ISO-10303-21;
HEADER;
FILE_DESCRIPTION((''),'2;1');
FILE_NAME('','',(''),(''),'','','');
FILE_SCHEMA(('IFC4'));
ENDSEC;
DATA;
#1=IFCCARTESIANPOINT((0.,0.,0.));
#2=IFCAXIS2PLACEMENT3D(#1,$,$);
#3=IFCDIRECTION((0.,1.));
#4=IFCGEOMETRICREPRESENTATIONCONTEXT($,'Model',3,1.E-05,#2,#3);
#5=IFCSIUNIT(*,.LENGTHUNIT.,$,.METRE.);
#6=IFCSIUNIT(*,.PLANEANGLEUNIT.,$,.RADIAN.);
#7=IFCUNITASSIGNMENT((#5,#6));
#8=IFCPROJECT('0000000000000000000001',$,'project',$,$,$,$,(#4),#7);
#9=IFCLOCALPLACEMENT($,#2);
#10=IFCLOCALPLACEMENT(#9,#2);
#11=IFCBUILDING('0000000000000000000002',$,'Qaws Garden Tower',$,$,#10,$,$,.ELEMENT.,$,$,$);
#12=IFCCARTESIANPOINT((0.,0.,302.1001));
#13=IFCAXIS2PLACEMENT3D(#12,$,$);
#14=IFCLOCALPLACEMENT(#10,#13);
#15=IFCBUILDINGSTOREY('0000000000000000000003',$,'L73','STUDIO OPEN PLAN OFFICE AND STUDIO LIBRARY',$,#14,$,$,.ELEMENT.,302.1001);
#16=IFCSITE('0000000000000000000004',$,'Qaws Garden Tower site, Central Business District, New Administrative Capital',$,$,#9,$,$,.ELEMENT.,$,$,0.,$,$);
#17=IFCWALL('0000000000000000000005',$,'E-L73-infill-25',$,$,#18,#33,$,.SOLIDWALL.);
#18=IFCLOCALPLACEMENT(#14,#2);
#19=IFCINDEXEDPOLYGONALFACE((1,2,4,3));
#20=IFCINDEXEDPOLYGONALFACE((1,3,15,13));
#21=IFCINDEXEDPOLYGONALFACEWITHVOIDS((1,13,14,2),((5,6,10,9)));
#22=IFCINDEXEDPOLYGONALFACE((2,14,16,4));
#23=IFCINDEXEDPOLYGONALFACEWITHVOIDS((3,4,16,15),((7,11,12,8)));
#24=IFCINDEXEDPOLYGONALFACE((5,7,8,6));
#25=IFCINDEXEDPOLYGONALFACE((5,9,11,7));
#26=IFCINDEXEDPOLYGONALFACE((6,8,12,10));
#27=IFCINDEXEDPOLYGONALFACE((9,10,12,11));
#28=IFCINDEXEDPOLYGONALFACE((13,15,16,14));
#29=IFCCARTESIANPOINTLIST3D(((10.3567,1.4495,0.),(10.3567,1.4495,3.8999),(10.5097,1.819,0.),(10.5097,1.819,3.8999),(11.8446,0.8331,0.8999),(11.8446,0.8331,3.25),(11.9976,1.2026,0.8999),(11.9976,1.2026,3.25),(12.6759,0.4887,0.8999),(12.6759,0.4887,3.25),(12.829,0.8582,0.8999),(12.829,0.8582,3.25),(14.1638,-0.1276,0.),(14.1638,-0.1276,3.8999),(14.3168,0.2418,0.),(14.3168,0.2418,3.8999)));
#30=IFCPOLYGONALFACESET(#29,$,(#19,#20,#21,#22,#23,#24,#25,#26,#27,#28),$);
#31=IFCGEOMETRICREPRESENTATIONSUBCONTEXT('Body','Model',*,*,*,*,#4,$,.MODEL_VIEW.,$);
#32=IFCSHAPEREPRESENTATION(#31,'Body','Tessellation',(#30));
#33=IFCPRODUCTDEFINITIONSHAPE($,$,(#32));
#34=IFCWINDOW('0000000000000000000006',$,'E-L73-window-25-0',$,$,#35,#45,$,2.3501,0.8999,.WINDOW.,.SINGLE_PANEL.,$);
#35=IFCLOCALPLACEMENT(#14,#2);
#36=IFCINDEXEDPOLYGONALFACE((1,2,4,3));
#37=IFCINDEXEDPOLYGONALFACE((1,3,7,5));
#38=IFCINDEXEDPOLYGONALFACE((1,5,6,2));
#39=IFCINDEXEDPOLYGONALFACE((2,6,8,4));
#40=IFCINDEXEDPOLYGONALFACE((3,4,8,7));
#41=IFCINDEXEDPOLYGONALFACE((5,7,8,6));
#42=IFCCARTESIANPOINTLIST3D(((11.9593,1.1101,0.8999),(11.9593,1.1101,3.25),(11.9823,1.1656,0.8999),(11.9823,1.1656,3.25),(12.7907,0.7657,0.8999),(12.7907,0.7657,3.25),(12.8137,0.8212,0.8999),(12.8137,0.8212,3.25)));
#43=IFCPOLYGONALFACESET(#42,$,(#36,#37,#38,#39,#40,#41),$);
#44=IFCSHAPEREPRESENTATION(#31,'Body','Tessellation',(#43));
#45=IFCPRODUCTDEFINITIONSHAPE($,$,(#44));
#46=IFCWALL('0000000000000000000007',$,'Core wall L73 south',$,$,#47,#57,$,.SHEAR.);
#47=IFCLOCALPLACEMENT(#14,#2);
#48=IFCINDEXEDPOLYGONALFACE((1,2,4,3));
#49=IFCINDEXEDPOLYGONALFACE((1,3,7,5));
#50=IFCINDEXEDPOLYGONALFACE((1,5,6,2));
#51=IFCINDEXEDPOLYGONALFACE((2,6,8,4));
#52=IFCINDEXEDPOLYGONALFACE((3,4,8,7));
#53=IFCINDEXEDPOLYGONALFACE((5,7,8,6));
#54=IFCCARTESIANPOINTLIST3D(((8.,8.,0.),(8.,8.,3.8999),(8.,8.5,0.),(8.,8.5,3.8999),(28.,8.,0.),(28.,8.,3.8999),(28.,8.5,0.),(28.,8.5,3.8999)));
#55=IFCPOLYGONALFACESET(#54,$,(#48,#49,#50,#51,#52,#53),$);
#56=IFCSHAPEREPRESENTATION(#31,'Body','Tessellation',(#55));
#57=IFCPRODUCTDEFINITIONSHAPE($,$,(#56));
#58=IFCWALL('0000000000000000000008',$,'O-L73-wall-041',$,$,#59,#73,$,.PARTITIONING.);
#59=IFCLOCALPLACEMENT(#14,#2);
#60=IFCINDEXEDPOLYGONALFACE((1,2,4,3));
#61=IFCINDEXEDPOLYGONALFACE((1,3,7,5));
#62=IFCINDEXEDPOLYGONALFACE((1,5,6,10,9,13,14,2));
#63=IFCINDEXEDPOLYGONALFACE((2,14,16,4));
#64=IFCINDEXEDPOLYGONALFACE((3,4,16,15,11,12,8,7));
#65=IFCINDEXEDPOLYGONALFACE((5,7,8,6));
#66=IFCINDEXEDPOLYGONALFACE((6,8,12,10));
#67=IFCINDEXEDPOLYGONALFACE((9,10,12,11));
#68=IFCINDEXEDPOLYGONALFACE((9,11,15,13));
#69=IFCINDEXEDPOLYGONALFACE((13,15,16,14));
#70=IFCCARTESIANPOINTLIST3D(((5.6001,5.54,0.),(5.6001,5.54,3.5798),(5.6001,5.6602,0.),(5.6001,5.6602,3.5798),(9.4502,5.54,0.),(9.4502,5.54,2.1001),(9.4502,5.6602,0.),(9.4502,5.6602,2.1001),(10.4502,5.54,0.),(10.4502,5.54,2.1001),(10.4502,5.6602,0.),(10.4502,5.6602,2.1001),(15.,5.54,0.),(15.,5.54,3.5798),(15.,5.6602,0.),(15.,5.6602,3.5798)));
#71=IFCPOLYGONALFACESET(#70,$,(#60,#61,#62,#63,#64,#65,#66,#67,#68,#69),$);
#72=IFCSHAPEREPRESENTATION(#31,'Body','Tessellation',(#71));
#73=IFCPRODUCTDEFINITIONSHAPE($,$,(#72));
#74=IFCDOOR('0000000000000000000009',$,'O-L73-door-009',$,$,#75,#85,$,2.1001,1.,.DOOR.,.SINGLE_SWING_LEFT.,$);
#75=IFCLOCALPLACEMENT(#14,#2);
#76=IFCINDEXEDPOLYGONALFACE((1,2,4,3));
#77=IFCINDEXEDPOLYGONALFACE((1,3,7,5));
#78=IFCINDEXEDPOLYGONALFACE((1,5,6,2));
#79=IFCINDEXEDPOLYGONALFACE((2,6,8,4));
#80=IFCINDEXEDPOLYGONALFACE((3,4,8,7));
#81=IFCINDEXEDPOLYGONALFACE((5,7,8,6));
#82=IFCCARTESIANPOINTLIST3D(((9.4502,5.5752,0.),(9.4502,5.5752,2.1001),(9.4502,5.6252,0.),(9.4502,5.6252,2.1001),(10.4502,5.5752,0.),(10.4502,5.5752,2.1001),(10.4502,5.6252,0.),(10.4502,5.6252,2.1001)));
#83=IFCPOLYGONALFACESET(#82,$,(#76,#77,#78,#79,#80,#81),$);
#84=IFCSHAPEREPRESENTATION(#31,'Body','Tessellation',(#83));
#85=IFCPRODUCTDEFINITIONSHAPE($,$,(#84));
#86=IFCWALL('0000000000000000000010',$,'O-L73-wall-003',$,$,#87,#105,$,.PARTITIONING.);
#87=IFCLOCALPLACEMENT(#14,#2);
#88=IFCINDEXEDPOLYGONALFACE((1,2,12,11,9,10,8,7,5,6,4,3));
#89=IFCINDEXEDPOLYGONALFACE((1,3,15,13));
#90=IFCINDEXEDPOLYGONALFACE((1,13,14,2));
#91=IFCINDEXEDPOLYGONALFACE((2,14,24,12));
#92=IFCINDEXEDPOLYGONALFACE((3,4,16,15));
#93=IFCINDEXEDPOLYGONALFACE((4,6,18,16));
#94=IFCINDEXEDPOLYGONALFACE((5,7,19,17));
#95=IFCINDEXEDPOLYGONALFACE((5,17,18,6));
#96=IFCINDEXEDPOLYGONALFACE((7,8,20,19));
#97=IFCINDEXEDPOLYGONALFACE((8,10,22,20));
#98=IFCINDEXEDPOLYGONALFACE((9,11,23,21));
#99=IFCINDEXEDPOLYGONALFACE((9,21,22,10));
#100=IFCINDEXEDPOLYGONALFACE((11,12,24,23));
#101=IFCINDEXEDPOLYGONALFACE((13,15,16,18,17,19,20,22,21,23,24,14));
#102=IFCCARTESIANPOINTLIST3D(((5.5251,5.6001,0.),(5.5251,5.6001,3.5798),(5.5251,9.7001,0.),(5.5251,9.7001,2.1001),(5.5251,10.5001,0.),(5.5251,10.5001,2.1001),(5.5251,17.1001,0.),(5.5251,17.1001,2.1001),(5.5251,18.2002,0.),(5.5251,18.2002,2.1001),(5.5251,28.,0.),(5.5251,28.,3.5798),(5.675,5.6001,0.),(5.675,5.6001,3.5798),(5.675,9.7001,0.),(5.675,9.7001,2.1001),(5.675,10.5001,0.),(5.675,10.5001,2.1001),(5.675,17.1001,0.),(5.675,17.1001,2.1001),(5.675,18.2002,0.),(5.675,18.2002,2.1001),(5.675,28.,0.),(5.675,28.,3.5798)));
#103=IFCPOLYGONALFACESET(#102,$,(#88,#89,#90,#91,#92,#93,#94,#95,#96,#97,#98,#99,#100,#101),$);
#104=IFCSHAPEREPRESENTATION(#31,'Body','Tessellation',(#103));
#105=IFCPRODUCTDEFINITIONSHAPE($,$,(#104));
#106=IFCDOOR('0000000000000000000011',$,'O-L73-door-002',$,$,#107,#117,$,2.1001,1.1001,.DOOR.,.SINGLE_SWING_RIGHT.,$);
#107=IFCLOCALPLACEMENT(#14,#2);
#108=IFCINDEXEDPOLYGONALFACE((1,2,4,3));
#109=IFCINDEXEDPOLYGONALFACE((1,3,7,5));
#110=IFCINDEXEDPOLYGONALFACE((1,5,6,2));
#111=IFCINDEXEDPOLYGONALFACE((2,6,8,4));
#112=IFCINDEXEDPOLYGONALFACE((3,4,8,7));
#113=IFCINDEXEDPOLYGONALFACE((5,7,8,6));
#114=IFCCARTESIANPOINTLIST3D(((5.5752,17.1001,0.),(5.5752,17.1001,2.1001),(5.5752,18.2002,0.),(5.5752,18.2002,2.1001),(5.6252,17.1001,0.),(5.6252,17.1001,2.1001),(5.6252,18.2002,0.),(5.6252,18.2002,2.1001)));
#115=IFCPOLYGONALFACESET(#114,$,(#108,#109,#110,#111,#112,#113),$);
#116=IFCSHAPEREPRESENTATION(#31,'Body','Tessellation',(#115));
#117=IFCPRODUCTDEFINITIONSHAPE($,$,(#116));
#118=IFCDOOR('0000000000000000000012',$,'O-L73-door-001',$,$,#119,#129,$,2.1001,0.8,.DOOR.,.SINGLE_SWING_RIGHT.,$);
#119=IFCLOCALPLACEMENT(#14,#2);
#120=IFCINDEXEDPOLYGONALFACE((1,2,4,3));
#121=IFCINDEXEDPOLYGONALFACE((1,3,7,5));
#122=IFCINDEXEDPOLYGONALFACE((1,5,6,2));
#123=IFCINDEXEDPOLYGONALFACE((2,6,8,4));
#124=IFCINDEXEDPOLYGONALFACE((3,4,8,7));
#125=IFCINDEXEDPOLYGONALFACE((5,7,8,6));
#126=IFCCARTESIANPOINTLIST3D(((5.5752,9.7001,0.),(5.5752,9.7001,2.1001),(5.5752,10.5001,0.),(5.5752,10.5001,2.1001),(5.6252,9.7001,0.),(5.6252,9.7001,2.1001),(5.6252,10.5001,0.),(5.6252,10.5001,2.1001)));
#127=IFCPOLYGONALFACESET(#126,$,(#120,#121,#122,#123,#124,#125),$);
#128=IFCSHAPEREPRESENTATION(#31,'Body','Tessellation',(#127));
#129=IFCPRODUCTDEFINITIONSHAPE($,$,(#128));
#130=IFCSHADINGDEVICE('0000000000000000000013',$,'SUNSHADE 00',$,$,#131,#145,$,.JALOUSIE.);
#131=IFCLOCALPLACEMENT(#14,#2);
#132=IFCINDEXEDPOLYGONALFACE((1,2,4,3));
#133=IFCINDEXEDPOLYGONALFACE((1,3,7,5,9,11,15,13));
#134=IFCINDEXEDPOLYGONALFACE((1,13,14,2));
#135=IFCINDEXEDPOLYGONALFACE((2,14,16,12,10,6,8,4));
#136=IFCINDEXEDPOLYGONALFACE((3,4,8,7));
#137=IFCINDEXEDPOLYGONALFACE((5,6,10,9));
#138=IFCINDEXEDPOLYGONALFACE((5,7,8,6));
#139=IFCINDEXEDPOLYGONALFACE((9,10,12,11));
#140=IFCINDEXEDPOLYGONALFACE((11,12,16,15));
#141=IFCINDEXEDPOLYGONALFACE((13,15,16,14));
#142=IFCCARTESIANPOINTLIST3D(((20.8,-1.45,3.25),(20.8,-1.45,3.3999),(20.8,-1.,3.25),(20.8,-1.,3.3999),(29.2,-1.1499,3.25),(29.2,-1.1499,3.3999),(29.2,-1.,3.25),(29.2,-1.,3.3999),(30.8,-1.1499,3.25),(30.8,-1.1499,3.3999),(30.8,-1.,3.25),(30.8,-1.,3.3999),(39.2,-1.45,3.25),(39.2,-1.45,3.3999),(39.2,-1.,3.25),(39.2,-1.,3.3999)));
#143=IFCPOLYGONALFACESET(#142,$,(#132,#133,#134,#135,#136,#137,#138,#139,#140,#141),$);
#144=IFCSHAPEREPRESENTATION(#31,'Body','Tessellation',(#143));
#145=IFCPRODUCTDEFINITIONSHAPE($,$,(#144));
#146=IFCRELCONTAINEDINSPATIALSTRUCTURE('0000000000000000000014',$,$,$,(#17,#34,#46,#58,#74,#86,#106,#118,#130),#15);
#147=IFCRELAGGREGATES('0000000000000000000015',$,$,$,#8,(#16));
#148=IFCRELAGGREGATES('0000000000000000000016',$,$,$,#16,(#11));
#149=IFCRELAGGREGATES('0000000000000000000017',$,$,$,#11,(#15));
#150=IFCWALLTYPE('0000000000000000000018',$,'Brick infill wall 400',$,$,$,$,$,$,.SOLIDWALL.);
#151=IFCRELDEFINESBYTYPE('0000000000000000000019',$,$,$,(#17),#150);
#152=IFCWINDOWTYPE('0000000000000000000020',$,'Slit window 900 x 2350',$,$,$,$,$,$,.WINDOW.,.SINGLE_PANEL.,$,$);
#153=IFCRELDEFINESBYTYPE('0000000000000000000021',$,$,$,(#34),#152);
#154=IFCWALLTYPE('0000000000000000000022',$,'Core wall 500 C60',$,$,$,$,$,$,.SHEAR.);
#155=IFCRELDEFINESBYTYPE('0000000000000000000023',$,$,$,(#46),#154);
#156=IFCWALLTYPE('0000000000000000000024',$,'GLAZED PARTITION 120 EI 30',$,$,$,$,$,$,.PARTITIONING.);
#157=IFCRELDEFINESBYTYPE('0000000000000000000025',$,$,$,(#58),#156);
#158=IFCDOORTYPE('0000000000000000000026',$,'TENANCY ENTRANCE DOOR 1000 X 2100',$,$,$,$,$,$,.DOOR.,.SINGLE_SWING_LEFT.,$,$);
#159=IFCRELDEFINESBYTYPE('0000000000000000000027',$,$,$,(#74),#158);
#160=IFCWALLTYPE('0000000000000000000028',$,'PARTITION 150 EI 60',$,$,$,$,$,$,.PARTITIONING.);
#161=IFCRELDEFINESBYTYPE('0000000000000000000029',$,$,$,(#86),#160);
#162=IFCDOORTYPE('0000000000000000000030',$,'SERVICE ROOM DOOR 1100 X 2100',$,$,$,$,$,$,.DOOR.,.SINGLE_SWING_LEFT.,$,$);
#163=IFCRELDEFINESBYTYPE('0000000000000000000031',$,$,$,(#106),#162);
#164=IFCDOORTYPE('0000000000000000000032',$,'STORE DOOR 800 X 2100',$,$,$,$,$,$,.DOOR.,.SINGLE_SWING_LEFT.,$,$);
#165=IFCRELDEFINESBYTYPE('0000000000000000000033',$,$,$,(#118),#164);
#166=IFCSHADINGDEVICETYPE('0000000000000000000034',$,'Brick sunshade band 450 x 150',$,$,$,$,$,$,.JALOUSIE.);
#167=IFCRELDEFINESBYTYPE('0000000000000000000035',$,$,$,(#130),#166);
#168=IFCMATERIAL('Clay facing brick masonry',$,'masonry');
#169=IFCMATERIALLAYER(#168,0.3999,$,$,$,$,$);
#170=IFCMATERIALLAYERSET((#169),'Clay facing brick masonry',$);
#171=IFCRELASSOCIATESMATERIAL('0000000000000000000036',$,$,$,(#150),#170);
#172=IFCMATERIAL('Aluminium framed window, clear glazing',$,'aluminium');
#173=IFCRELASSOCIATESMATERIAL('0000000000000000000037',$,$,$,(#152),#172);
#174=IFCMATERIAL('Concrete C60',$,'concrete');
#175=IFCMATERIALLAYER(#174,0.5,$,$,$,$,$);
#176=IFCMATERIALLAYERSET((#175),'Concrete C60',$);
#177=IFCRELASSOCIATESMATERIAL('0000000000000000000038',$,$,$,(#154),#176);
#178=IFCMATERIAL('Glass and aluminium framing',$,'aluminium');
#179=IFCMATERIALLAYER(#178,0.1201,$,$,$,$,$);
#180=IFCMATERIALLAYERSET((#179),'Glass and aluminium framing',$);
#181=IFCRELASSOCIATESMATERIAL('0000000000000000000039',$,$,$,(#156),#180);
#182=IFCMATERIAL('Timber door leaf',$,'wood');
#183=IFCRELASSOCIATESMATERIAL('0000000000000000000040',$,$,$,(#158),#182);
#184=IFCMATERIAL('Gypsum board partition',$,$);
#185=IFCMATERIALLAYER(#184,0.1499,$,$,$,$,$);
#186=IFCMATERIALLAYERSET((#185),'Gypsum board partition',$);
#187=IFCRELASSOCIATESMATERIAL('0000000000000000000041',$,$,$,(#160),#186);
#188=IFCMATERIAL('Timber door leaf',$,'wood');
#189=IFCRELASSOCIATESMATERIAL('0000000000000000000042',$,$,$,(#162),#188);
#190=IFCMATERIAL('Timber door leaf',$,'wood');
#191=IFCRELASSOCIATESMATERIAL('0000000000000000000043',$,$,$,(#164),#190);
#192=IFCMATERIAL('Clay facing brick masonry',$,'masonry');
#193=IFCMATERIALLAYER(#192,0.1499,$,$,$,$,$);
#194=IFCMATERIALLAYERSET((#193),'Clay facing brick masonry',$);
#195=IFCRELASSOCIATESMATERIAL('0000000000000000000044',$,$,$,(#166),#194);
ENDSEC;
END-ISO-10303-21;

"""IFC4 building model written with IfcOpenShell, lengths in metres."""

from ifc_helpers import new_model, si_unit, direction, frame, frame_2d, origin, place, context, subcontext, project, spatial, polyline, rectangle, outline, extrude, material, layer, layer_set, type_object, element, fill, save


model = new_model("IFC4")

# Units and contexts
model_context = context("Model", 3, precision=1e-05, world=origin(), true_north=direction((0.0, 1.0)))
body_context = subcontext(model_context, "Body", "Model", "MODEL_VIEW")
ifc_project = project(units=[si_unit("LENGTHUNIT", "METRE"), si_unit("PLANEANGLEUNIT", "RADIAN")], contexts=[model_context])

# Site, building, storey
site_placement = place(None, origin())
site = spatial("IfcSite", under=ifc_project, at=site_placement, Name="Qaws Garden Tower site, Central Business District, New Administrative Capital", CompositionType="ELEMENT", RefElevation=0.0)
building_placement = place(site_placement, origin())
building = spatial("IfcBuilding", under=site, at=building_placement, Name="Qaws Garden Tower", CompositionType="ELEMENT")
storey_placement = place(building_placement, frame((0.0, 0.0, 302.1001)))
storey = spatial("IfcBuildingStorey", under=building, at=storey_placement, Name="L73", Description="STUDIO OPEN PLAN OFFICE AND STUDIO LIBRARY", CompositionType="ELEMENT", Elevation=302.1001)

# Wall, opening, window
ifc_material_1 = material(Name="Clay facing brick masonry", Category="masonry")
ifc_layer_1 = layer(ifc_material_1, 0.3999)
ifc_layer_set_1 = layer_set([ifc_layer_1], Name="Clay facing brick masonry")
wall_type_1 = type_object("IfcWallType", Name="Brick infill wall 400", PredefinedType="SOLIDWALL", material=ifc_layer_set_1)
ifc_material_2 = material(Name="Aluminium framed window, clear glazing", Category="aluminium")
window_type = type_object("IfcWindowType", Name="Slit window 900 x 2350", PartitioningType="SINGLE_PANEL", PredefinedType="WINDOW", material=ifc_material_2)
wall_1_placement = place(storey_placement, frame((10.4331, 1.6343, 0.0), z_axis=(0.0, 0.0, 1.0), x_axis=(0.923864, -0.382722, 0.0)))
wall_1 = element("IfcWall", 1, at=wall_1_placement, inside=storey, type_object=wall_type_1, Name="E-L73-infill-25", PredefinedType="SOLIDWALL", context=body_context, shape_type="SweptSolid", body=[
    extrude(rectangle(XDim=4.1208, YDim=0.3999, at=frame_2d((2.0605, 0.0))), origin(), (0.0, 0.0, 1.0), 3.8999),
])
opening_1_placement = place(wall_1_placement, frame((1.6106, 0.0, 0.8999)))
opening_1 = element("IfcOpeningElement", 2, at=opening_1_placement, cuts=wall_1, PredefinedType="OPENING", context=body_context, shape_type="SweptSolid", body=[
    extrude(rectangle(XDim=0.8999, YDim=2.3501, at=frame_2d((0.45, 1.175))), frame((0.0, 0.21, 0.0), z_axis=(0.0, -1.0, 0.0), x_axis=(1.0, 0.0, 0.0)), (0.0, 0.0, 1.0), 0.4199),
])
window_1_placement = place(opening_1_placement, origin())
window_1 = element("IfcWindow", 3, at=window_1_placement, inside=storey, type_object=window_type, Name="E-L73-window-25-0", OverallHeight=2.3501, OverallWidth=0.8999, PartitioningType="SINGLE_PANEL", PredefinedType="WINDOW", context=body_context, shape_type="SweptSolid", body=[
    extrude(rectangle(XDim=0.8999, YDim=2.3501, at=frame_2d((0.45, 1.175))), frame((0.0, 0.1599, 0.0), z_axis=(0.0, -1.0, 0.0), x_axis=(1.0, 0.0, 0.0)), (0.0, 0.0, 1.0), 0.0601),
])
fill(opening_1, window_1)

# Wall
ifc_material_3 = material(Name="Concrete C60", Category="concrete")
ifc_layer_2 = layer(ifc_material_3, 0.5)
ifc_layer_set_2 = layer_set([ifc_layer_2], Name="Concrete C60")
wall_type_2 = type_object("IfcWallType", Name="Core wall 500 C60", PredefinedType="SHEAR", material=ifc_layer_set_2)
wall_2_placement = place(storey_placement, frame((8.0, 8.25, 0.0), z_axis=(0.0, 0.0, 1.0), x_axis=(1.0, 0.0, 0.0)))
element("IfcWall", 4, at=wall_2_placement, inside=storey, type_object=wall_type_2, Name="Core wall L73 south", PredefinedType="SHEAR", context=body_context, shape_type="SweptSolid", body=[
    extrude(rectangle(XDim=20.0, YDim=0.5, at=frame_2d((10.0, 0.0))), origin(), (0.0, 0.0, 1.0), 3.8999),
])

# Wall, opening, door
ifc_material_4 = material(Name="Glass and aluminium framing", Category="aluminium")
ifc_layer_3 = layer(ifc_material_4, 0.1201)
ifc_layer_set_3 = layer_set([ifc_layer_3], Name="Glass and aluminium framing")
wall_type_3 = type_object("IfcWallType", Name="GLAZED PARTITION 120 EI 30", PredefinedType="PARTITIONING", material=ifc_layer_set_3)
wall_3_placement = place(storey_placement, frame((5.6001, 5.6001, 0.0), z_axis=(0.0, 0.0, 1.0), x_axis=(1.0, 0.0, 0.0)))
wall_3 = element("IfcWall", 5, at=wall_3_placement, inside=storey, type_object=wall_type_3, Name="O-L73-wall-041", PredefinedType="PARTITIONING", context=body_context, shape_type="SweptSolid", body=[
    extrude(rectangle(XDim=9.3999, YDim=0.1201, at=frame_2d((4.7, 0.0))), origin(), (0.0, 0.0, 1.0), 3.5798),
])
opening_2_placement = place(wall_3_placement, frame((3.8501, 0.0, 0.0)))
opening_2 = element("IfcOpeningElement", 6, at=opening_2_placement, cuts=wall_3, PredefinedType="OPENING", context=body_context, shape_type="SweptSolid", body=[
    extrude(rectangle(XDim=1.0, YDim=2.1001, at=frame_2d((0.5, 1.05))), frame((0.0, 0.0701, 0.0), z_axis=(0.0, -1.0, 0.0), x_axis=(1.0, 0.0, 0.0)), (0.0, 0.0, 1.0), 0.1401),
])
ifc_material_5 = material(Name="Timber door leaf", Category="wood")
door_type_1 = type_object("IfcDoorType", Name="TENANCY ENTRANCE DOOR 1000 X 2100", OperationType="SINGLE_SWING_LEFT", PredefinedType="DOOR", material=ifc_material_5)
door_1_placement = place(opening_2_placement, frame((1.0, 0.0, 0.0), z_axis=(0.0, 0.0, 1.0), x_axis=(-1.0, 0.0, 0.0)))
door_1 = element("IfcDoor", 7, at=door_1_placement, inside=storey, type_object=door_type_1, Name="O-L73-door-009", OperationType="SINGLE_SWING_LEFT", OverallHeight=2.1001, OverallWidth=1.0, PredefinedType="DOOR", context=body_context, shape_type="SweptSolid", body=[
    extrude(rectangle(XDim=1.0, YDim=2.1001, at=frame_2d((0.5, 1.05))), frame((0.0, 0.0249, 0.0), z_axis=(0.0, -1.0, 0.0), x_axis=(1.0, 0.0, 0.0)), (0.0, 0.0, 1.0), 0.05),
])
fill(opening_2, door_1)

# Wall, openings, doors
ifc_material_6 = material(Name="Gypsum board partition")
ifc_layer_4 = layer(ifc_material_6, 0.1499)
ifc_layer_set_4 = layer_set([ifc_layer_4], Name="Gypsum board partition")
wall_type_4 = type_object("IfcWallType", Name="PARTITION 150 EI 60", PredefinedType="PARTITIONING", material=ifc_layer_set_4)
wall_4_placement = place(storey_placement, frame((5.6001, 5.6001, 0.0), z_axis=(0.0, 0.0, 1.0), x_axis=(0.0, 1.0, 0.0)))
wall_4 = element("IfcWall", 8, at=wall_4_placement, inside=storey, type_object=wall_type_4, Name="O-L73-wall-003", PredefinedType="PARTITIONING", context=body_context, shape_type="SweptSolid", body=[
    extrude(rectangle(XDim=22.3999, YDim=0.1499, at=frame_2d((11.2, 0.0))), origin(), (0.0, 0.0, 1.0), 3.5798),
])
opening_3_placement = place(wall_4_placement, frame((4.1001, 0.0, 0.0)))
opening_3 = element("IfcOpeningElement", 9, at=opening_3_placement, cuts=wall_4, PredefinedType="OPENING", context=body_context, shape_type="SweptSolid", body=[
    extrude(rectangle(XDim=0.8, YDim=2.1001, at=frame_2d((0.3999, 1.05))), frame((0.0, 0.085, 0.0), z_axis=(0.0, -1.0, 0.0), x_axis=(1.0, 0.0, 0.0)), (0.0, 0.0, 1.0), 0.1699),
])
opening_4_placement = place(wall_4_placement, frame((11.5, 0.0, 0.0)))
opening_4 = element("IfcOpeningElement", 10, at=opening_4_placement, cuts=wall_4, PredefinedType="OPENING", context=body_context, shape_type="SweptSolid", body=[
    extrude(rectangle(XDim=1.1001, YDim=2.1001, at=frame_2d((0.55, 1.05))), frame((0.0, 0.085, 0.0), z_axis=(0.0, -1.0, 0.0), x_axis=(1.0, 0.0, 0.0)), (0.0, 0.0, 1.0), 0.1699),
])
ifc_material_7 = material(Name="Timber door leaf", Category="wood")
door_type_2 = type_object("IfcDoorType", Name="SERVICE ROOM DOOR 1100 X 2100", OperationType="SINGLE_SWING_LEFT", PredefinedType="DOOR", material=ifc_material_7)
door_2_placement = place(opening_4_placement, origin())
door_2 = element("IfcDoor", 11, at=door_2_placement, inside=storey, type_object=door_type_2, Name="O-L73-door-002", OperationType="SINGLE_SWING_RIGHT", OverallHeight=2.1001, OverallWidth=1.1001, PredefinedType="DOOR", context=body_context, shape_type="SweptSolid", body=[
    extrude(rectangle(XDim=1.1001, YDim=2.1001, at=frame_2d((0.55, 1.05))), frame((0.0, 0.0249, 0.0), z_axis=(0.0, -1.0, 0.0), x_axis=(1.0, 0.0, 0.0)), (0.0, 0.0, 1.0), 0.05),
])
fill(opening_4, door_2)
ifc_material_8 = material(Name="Timber door leaf", Category="wood")
door_type_3 = type_object("IfcDoorType", Name="STORE DOOR 800 X 2100", OperationType="SINGLE_SWING_LEFT", PredefinedType="DOOR", material=ifc_material_8)
door_3_placement = place(opening_3_placement, origin())
door_3 = element("IfcDoor", 12, at=door_3_placement, inside=storey, type_object=door_type_3, Name="O-L73-door-001", OperationType="SINGLE_SWING_RIGHT", OverallHeight=2.1001, OverallWidth=0.8, PredefinedType="DOOR", context=body_context, shape_type="SweptSolid", body=[
    extrude(rectangle(XDim=0.8, YDim=2.1001, at=frame_2d((0.3999, 1.05))), frame((0.0, 0.0249, 0.0), z_axis=(0.0, -1.0, 0.0), x_axis=(1.0, 0.0, 0.0)), (0.0, 0.0, 1.0), 0.05),
])
fill(opening_3, door_3)

# Shading device
ifc_material_9 = material(Name="Clay facing brick masonry", Category="masonry")
ifc_layer_5 = layer(ifc_material_9, 0.1499)
ifc_layer_set_5 = layer_set([ifc_layer_5], Name="Clay facing brick masonry")
shading_device_type = type_object("IfcShadingDeviceType", Name="Brick sunshade band 450 x 150", PredefinedType="JALOUSIE", material=ifc_layer_set_5)
shading_device_placement = place(storey_placement, frame((0.0, 0.0, 3.25)))
element("IfcShadingDevice", 13, at=shading_device_placement, inside=storey, type_object=shading_device_type, Name="SUNSHADE 00", PredefinedType="JALOUSIE", context=body_context, shape_type="SweptSolid", body=[
    extrude(outline(polyline([(20.8, -1.0), (20.8, -1.45), (39.2, -1.45), (39.2, -1.0), (30.8, -1.0), (30.8, -1.1499), (29.2, -1.1499), (29.2, -1.0), (20.8, -1.0)])), origin(), (0.0, 0.0, 1.0), 0.1499),
])

save(model, "model.ifc")
